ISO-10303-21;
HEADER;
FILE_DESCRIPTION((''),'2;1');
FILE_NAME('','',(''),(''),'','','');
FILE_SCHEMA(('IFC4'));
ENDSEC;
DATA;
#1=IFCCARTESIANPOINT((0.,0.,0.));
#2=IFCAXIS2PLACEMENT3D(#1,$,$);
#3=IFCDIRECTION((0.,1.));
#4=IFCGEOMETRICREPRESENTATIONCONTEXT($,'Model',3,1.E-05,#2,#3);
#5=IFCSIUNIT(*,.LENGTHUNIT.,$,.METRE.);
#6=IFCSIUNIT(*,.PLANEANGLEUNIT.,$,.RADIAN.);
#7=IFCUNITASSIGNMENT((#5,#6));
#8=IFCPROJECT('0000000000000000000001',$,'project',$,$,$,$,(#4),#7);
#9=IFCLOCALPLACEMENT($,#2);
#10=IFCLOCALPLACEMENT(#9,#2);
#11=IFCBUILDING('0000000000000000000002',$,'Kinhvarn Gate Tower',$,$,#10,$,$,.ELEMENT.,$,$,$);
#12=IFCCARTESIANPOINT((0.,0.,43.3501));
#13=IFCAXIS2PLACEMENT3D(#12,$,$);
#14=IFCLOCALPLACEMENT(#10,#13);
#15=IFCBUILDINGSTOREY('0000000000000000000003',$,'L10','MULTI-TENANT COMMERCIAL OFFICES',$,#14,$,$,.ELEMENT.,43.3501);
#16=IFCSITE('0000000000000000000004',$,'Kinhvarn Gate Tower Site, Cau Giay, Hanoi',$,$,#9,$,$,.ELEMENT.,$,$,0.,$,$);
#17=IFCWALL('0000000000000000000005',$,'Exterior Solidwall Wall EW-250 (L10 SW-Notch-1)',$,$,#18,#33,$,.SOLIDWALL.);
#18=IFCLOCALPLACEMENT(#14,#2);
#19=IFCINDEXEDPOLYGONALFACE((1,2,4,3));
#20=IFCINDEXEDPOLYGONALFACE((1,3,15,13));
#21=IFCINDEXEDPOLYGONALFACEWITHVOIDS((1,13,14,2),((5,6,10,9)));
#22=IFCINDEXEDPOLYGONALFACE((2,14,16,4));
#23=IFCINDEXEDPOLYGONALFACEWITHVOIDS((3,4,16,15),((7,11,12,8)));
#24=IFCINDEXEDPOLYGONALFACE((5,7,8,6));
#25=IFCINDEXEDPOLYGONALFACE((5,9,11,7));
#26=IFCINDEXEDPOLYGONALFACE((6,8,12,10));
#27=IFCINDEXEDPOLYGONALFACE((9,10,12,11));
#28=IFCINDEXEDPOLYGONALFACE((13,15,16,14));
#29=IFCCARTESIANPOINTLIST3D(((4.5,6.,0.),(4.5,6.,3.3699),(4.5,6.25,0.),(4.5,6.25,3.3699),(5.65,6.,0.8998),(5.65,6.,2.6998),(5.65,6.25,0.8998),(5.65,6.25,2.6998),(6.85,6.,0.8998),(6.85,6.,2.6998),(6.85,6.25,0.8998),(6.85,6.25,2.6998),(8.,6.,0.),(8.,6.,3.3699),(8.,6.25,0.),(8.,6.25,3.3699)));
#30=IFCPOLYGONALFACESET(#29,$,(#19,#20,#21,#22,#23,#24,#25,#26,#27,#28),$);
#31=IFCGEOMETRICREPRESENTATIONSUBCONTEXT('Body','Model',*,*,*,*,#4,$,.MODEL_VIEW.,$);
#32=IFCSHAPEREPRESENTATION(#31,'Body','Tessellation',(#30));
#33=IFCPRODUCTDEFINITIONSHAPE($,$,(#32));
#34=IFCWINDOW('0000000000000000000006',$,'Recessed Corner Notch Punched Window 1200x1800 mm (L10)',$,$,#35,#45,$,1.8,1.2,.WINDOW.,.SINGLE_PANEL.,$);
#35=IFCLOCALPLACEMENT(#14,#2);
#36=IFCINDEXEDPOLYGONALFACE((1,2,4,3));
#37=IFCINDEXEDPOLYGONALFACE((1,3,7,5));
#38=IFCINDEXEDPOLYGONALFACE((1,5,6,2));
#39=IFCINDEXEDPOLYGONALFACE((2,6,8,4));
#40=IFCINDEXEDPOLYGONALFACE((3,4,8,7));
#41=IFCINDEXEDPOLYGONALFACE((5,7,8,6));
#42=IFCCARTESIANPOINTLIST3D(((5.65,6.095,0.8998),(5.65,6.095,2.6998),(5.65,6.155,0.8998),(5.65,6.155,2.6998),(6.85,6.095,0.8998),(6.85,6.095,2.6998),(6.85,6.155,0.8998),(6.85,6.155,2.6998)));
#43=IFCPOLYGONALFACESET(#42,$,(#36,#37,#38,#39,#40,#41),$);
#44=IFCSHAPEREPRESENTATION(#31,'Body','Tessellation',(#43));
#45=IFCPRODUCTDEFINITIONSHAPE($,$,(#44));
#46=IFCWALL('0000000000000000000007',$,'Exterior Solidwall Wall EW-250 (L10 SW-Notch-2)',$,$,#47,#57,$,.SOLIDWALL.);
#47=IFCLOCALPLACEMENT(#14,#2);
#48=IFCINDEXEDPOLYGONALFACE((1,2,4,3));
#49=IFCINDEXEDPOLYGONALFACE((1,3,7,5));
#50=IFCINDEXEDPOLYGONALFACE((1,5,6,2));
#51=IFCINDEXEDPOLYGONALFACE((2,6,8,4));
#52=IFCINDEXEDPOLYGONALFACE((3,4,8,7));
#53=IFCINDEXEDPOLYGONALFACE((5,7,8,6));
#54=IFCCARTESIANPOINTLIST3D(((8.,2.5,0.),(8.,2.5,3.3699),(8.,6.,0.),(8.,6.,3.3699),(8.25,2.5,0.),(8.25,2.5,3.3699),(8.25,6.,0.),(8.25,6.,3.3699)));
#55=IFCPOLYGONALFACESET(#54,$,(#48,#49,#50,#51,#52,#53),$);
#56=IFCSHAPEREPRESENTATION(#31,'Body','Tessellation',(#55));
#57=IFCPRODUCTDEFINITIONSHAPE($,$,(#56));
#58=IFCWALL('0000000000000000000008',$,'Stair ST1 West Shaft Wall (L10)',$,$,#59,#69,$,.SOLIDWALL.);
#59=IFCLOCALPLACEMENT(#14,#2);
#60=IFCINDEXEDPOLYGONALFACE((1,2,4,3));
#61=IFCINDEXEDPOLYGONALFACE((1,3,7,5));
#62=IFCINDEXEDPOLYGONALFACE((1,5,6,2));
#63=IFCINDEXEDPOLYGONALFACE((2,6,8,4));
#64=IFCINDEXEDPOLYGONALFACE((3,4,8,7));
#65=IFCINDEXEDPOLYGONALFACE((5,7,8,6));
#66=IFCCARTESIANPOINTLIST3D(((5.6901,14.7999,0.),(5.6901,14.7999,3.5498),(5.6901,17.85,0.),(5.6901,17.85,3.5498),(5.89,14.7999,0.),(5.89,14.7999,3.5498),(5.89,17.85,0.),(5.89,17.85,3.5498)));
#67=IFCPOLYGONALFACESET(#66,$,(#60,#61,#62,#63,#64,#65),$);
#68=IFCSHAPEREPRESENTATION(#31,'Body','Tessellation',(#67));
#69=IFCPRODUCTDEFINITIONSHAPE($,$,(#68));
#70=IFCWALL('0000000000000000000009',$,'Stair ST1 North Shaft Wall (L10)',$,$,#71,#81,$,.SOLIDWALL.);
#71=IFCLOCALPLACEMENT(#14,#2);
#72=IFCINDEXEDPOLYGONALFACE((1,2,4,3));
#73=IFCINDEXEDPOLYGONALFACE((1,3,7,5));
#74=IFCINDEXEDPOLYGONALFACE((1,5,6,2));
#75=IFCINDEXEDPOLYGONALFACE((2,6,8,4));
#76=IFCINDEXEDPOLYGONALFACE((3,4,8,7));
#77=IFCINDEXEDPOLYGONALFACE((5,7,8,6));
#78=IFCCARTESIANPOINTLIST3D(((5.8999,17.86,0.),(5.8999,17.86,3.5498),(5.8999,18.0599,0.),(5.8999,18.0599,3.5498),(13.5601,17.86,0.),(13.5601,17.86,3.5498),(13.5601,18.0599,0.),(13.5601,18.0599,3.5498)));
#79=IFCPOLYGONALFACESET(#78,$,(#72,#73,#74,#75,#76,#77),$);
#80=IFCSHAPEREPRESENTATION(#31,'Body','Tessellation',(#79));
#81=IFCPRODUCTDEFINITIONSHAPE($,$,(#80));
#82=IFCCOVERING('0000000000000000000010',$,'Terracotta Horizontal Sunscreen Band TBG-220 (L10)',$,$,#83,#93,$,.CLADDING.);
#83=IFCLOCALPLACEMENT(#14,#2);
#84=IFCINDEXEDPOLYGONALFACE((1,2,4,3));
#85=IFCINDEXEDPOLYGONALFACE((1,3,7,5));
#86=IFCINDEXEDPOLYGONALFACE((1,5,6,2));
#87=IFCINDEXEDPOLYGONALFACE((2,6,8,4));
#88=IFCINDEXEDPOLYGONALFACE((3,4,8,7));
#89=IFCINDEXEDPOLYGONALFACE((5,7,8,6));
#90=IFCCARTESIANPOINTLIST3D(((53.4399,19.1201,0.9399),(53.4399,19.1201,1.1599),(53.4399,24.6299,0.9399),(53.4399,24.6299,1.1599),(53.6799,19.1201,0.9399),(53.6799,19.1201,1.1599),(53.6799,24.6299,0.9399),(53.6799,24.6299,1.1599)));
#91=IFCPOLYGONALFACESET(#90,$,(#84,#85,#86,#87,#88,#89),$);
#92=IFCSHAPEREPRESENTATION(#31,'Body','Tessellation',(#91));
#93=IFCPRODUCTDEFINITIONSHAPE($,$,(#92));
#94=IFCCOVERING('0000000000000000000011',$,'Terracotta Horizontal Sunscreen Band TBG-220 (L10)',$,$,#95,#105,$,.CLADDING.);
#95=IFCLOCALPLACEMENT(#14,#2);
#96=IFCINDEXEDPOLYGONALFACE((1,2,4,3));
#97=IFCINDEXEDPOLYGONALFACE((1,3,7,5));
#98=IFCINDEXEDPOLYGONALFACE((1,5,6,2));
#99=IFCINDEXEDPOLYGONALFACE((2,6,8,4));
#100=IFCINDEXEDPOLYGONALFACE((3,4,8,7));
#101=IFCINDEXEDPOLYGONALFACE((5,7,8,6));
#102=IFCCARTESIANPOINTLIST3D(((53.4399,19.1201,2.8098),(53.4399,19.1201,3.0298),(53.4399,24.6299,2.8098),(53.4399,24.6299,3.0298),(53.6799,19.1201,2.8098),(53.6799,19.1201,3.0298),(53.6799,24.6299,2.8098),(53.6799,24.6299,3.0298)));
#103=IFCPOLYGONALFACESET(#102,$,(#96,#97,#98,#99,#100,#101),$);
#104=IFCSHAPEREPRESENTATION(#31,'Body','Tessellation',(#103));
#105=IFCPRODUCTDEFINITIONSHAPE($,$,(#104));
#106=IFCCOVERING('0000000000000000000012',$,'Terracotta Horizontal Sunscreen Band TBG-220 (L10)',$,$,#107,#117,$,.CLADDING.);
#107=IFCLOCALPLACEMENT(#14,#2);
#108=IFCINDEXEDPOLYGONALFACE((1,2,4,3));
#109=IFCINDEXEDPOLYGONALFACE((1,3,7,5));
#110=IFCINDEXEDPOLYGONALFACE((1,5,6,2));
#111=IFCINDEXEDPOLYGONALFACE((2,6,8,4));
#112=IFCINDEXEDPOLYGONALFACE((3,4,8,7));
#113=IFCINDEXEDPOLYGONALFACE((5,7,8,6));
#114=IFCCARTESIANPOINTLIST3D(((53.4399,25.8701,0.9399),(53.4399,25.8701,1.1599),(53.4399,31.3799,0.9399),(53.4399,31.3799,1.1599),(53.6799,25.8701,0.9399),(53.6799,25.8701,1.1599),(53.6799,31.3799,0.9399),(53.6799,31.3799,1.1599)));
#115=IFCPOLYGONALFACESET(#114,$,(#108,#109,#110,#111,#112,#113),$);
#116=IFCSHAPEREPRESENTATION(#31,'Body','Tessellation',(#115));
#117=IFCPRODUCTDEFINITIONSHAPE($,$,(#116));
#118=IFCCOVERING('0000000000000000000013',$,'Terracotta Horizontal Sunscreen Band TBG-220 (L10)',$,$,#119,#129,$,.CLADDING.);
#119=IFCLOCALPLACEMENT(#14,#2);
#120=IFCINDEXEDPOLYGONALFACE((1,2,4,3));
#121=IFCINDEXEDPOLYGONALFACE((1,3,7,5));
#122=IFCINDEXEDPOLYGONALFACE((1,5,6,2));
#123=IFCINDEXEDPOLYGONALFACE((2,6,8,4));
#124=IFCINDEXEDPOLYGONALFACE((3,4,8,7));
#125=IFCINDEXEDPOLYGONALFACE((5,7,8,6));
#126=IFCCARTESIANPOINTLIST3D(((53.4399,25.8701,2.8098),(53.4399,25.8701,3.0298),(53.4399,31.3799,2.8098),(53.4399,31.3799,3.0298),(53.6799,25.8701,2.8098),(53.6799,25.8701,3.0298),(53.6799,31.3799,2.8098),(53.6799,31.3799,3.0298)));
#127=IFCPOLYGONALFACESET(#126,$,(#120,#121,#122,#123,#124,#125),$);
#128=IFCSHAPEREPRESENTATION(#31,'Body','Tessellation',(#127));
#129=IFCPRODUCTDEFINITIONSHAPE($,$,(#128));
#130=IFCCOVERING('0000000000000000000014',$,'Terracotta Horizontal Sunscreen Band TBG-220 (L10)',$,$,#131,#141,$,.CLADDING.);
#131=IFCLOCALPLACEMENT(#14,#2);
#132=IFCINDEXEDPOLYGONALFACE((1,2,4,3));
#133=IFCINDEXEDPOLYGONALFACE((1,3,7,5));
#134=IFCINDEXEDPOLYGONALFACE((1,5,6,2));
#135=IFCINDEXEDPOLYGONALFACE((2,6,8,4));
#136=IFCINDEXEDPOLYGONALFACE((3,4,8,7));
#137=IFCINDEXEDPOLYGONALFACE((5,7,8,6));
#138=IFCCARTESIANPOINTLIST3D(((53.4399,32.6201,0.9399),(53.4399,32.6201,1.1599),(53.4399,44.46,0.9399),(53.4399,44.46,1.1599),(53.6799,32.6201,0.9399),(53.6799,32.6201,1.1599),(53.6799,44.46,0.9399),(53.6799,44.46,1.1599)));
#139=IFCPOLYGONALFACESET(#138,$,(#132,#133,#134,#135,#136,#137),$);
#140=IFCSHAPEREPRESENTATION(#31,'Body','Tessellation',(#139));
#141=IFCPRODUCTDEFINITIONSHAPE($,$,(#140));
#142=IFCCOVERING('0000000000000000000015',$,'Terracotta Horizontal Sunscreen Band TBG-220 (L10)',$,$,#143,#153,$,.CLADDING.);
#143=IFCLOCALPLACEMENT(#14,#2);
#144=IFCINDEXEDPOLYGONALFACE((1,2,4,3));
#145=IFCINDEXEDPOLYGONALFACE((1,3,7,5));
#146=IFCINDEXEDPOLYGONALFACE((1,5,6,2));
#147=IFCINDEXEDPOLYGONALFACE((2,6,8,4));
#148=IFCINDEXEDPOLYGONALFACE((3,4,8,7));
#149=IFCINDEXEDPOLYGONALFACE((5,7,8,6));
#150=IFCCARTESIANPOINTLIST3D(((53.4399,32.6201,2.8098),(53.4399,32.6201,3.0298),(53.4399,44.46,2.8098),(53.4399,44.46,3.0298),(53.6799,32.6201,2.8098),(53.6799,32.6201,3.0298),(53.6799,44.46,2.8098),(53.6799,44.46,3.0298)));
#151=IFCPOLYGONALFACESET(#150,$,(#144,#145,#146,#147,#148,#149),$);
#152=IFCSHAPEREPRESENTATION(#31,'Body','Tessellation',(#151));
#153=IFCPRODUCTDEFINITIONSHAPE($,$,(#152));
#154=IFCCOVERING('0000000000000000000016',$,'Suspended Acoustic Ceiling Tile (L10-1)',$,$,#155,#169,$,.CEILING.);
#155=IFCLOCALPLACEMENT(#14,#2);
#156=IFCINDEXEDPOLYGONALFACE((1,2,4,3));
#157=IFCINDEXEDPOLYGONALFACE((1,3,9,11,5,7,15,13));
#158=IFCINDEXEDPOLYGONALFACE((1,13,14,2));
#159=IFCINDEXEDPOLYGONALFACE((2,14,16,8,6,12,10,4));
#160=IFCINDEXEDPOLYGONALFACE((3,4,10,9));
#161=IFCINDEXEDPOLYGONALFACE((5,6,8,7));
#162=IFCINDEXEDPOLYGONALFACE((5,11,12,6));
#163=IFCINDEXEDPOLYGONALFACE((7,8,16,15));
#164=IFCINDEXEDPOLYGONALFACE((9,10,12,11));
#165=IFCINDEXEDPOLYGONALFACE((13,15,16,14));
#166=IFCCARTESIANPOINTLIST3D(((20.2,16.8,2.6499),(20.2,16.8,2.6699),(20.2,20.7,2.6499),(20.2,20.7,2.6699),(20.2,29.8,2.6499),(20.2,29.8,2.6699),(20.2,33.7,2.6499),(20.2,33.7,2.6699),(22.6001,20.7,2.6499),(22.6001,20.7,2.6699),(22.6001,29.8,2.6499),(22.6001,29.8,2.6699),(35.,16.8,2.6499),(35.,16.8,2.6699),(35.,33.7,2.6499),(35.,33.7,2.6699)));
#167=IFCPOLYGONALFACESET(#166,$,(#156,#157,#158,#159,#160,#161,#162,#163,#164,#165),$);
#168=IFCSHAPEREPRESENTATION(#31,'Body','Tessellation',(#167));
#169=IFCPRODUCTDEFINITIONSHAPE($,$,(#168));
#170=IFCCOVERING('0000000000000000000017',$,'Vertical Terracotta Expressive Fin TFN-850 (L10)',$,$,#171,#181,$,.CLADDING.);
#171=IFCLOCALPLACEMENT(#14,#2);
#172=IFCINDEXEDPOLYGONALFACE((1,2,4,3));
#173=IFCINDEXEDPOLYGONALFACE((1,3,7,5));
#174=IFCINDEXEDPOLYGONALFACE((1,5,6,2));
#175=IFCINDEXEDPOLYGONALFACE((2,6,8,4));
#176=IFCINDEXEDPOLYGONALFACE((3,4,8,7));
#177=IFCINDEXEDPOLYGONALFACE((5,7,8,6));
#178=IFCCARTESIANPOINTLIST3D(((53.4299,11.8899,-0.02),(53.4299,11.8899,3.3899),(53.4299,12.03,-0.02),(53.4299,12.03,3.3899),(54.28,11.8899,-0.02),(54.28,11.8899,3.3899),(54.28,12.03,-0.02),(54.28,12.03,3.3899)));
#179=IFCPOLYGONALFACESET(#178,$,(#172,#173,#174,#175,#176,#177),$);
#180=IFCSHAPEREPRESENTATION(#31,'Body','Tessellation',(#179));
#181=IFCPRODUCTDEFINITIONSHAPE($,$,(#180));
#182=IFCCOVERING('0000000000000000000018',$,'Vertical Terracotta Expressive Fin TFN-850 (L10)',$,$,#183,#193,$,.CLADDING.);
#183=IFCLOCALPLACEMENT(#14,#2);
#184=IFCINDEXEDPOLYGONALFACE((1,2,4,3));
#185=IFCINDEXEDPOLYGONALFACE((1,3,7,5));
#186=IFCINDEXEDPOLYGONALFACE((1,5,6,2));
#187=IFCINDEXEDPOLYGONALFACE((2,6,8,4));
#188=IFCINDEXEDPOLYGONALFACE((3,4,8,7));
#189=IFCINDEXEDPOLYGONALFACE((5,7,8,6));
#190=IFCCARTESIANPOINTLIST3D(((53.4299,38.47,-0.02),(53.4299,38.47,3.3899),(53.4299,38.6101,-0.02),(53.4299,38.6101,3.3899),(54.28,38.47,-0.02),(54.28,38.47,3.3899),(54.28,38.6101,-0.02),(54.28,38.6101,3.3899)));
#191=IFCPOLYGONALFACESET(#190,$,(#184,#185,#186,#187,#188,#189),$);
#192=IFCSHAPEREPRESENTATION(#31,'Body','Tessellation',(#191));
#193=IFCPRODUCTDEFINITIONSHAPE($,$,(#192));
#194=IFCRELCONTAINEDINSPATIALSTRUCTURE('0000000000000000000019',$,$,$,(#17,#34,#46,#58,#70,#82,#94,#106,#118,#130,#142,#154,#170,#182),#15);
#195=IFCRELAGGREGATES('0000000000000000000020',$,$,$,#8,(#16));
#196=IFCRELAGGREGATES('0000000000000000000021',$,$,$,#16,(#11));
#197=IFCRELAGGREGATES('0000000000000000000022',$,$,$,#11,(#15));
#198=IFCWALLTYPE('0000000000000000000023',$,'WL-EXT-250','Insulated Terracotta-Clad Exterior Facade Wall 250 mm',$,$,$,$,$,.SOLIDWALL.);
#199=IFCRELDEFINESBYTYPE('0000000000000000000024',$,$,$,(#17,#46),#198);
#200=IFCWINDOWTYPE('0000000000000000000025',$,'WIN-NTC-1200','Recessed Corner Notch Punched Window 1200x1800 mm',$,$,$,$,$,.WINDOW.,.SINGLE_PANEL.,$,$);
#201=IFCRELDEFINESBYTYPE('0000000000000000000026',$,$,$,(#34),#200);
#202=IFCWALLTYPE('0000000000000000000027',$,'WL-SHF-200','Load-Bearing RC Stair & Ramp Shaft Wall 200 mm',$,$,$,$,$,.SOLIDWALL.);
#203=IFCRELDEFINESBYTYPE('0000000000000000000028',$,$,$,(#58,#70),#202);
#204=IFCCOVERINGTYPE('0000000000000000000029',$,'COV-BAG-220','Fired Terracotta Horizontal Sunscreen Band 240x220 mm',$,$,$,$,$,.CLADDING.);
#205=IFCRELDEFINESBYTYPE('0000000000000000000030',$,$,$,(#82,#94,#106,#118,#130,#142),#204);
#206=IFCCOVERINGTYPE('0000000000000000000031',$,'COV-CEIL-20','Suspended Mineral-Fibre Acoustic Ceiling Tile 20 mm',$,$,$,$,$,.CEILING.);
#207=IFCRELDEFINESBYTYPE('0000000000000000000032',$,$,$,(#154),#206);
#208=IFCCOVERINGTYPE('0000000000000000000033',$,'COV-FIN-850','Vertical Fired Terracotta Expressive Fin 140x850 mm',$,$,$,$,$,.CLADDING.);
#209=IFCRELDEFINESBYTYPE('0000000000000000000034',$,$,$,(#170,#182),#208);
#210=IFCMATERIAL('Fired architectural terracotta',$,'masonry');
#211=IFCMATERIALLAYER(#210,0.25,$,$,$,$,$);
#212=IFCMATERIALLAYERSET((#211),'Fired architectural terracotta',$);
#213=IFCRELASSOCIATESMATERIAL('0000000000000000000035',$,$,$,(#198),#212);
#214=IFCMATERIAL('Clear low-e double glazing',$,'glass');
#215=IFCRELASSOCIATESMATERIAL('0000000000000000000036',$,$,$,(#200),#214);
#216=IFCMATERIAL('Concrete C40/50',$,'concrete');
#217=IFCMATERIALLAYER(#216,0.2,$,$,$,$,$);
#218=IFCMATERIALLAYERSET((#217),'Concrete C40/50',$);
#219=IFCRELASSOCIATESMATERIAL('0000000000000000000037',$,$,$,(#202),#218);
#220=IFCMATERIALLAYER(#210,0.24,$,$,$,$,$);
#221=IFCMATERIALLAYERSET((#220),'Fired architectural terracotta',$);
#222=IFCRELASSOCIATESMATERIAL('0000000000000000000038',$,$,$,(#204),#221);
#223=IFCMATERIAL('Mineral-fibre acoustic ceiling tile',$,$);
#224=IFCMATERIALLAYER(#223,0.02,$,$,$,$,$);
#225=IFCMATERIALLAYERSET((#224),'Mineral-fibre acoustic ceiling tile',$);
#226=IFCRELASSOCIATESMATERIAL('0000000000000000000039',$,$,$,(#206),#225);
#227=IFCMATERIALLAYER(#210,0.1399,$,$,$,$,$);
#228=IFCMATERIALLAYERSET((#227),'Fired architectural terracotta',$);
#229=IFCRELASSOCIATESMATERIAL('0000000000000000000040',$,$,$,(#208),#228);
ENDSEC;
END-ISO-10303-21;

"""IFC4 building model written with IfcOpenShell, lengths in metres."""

from ifc_helpers import new_model, si_unit, direction, frame, frame_2d, origin, place, context, subcontext, project, spatial, polyline, rectangle, outline, extrude, material, layer, layer_set, type_object, element, fill, save


model = new_model("IFC4")

# Units and contexts
model_context = context("Model", 3, precision=1e-05, world=origin(), true_north=direction((0.0, 1.0)))
body_context = subcontext(model_context, "Body", "Model", "MODEL_VIEW")
ifc_project = project(units=[si_unit("LENGTHUNIT", "METRE"), si_unit("PLANEANGLEUNIT", "RADIAN")], contexts=[model_context])

# Site, building, storey
site_placement = place(None, origin())
site = spatial("IfcSite", under=ifc_project, at=site_placement, Name="Kinhvarn Gate Tower Site, Cau Giay, Hanoi", CompositionType="ELEMENT", RefElevation=0.0)
building_placement = place(site_placement, origin())
building = spatial("IfcBuilding", under=site, at=building_placement, Name="Kinhvarn Gate Tower", CompositionType="ELEMENT")
storey_placement = place(building_placement, frame((0.0, 0.0, 43.3501)))
storey = spatial("IfcBuildingStorey", under=building, at=storey_placement, Name="L10", Description="MULTI-TENANT COMMERCIAL OFFICES", CompositionType="ELEMENT", Elevation=43.3501)

# Shared definitions
ifc_material_1 = material(Name="Clear low-e double glazing", Category="glass")

# Shared definitions
ifc_material_2 = material(Name="Concrete C40/50", Category="concrete")

# Wall, opening, window
ifc_material_3 = material(Name="Fired architectural terracotta", Category="masonry")
ifc_layer_1 = layer(ifc_material_3, 0.25)
ifc_layer_set_1 = layer_set([ifc_layer_1], Name="Fired architectural terracotta")
wall_type_1 = type_object("IfcWallType", Name="WL-EXT-250", Description="Insulated Terracotta-Clad Exterior Facade Wall 250 mm", PredefinedType="SOLIDWALL", material=ifc_layer_set_1)
wall_1_placement = place(storey_placement, frame((4.5, 6.125, 0.0), z_axis=(0.0, 0.0, 1.0), x_axis=(1.0, 0.0, 0.0)))
wall_1 = element("IfcWall", 1, at=wall_1_placement, inside=storey, type_object=wall_type_1, Name="Exterior Solidwall Wall EW-250 (L10 SW-Notch-1)", PredefinedType="SOLIDWALL", context=body_context, shape_type="SweptSolid", body=[
    extrude(rectangle(XDim=3.5, YDim=0.25, at=frame_2d((1.75, 0.0))), origin(), (0.0, 0.0, 1.0), 3.3699),
])
opening_1_placement = place(wall_1_placement, frame((1.1499, 0.0, 0.8999)))
opening_1 = element("IfcOpeningElement", 2, at=opening_1_placement, cuts=wall_1, PredefinedType="OPENING", context=body_context, shape_type="SweptSolid", body=[
    extrude(rectangle(XDim=1.2, YDim=1.8, at=frame_2d((0.6001, 0.8999))), frame((0.0, 0.135, 0.0), z_axis=(0.0, -1.0, 0.0), x_axis=(1.0, 0.0, 0.0)), (0.0, 0.0, 1.0), 0.27),
])
window_type_1 = type_object("IfcWindowType", Name="WIN-NTC-1200", Description="Recessed Corner Notch Punched Window 1200x1800 mm", PartitioningType="SINGLE_PANEL", PredefinedType="WINDOW", material=ifc_material_1)
window_1_placement = place(opening_1_placement, origin())
window_1 = element("IfcWindow", 3, at=window_1_placement, inside=storey, type_object=window_type_1, Name="Recessed Corner Notch Punched Window 1200x1800 mm (L10)", OverallHeight=1.8, OverallWidth=1.2, PartitioningType="SINGLE_PANEL", PredefinedType="WINDOW", context=body_context, shape_type="SweptSolid", body=[
    extrude(rectangle(XDim=1.2, YDim=1.8, at=frame_2d((0.6001, 0.8999))), frame((0.0, 0.03, 0.0), z_axis=(0.0, -1.0, 0.0), x_axis=(1.0, 0.0, 0.0)), (0.0, 0.0, 1.0), 0.0601),
])
fill(opening_1, window_1)

# Walls
wall_2_placement = place(storey_placement, frame((8.125, 6.0, 0.0), z_axis=(0.0, 0.0, 1.0), x_axis=(0.0, -1.0, 0.0)))
element("IfcWall", 4, at=wall_2_placement, inside=storey, type_object=wall_type_1, Name="Exterior Solidwall Wall EW-250 (L10 SW-Notch-2)", PredefinedType="SOLIDWALL", context=body_context, shape_type="SweptSolid", body=[
    extrude(rectangle(XDim=3.5, YDim=0.25, at=frame_2d((1.75, 0.0))), origin(), (0.0, 0.0, 1.0), 3.3699),
])
ifc_layer_2 = layer(ifc_material_2, 0.2)
ifc_layer_set_2 = layer_set([ifc_layer_2], Name="Concrete C40/50")
wall_type_2 = type_object("IfcWallType", Name="WL-SHF-200", Description="Load-Bearing RC Stair & Ramp Shaft Wall 200 mm", PredefinedType="SOLIDWALL", material=ifc_layer_set_2)
wall_3_placement = place(storey_placement, frame((5.79, 14.8, 0.0), z_axis=(0.0, 0.0, 1.0), x_axis=(0.0, 1.0, 0.0)))
element("IfcWall", 5, at=wall_3_placement, inside=storey, type_object=wall_type_2, Name="Stair ST1 West Shaft Wall (L10)", PredefinedType="SOLIDWALL", context=body_context, shape_type="SweptSolid", body=[
    extrude(rectangle(XDim=3.05, YDim=0.2, at=frame_2d((1.5249, 0.0))), origin(), (0.0, 0.0, 1.0), 3.5498),
])
wall_4_placement = place(storey_placement, frame((5.8999, 17.96, 0.0), z_axis=(0.0, 0.0, 1.0), x_axis=(1.0, 0.0, 0.0)))
element("IfcWall", 6, at=wall_4_placement, inside=storey, type_object=wall_type_2, Name="Stair ST1 North Shaft Wall (L10)", PredefinedType="SOLIDWALL", context=body_context, shape_type="SweptSolid", body=[
    extrude(rectangle(XDim=7.6602, YDim=0.2, at=frame_2d((3.8301, 0.0))), origin(), (0.0, 0.0, 1.0), 3.5498),
])

# Coverings
ifc_layer_3 = layer(ifc_material_3, 0.24)
ifc_layer_set_3 = layer_set([ifc_layer_3], Name="Fired architectural terracotta")
covering_type_1 = type_object("IfcCoveringType", Name="COV-BAG-220", Description="Fired Terracotta Horizontal Sunscreen Band 240x220 mm", PredefinedType="CLADDING", material=ifc_layer_set_3)
for number, where, name in (
    (7, (0.0, 0.0, 0.9399), "Terracotta Horizontal Sunscreen Band TBG-220 (L10)"),
    (8, (0.0, 0.0, 2.8098), "Terracotta Horizontal Sunscreen Band TBG-220 (L10)"),
):
    element("IfcCovering", number, at=place(storey_placement, frame(where)), inside=storey, type_object=covering_type_1, Name=name, PredefinedType="CLADDING", context=body_context, shape_type="SweptSolid", body=[
        extrude(outline(polyline([(53.4399, 19.1201), (53.4399, 24.6299), (53.6799, 24.6299), (53.6799, 19.1201), (53.4399, 19.1201)])), origin(), (0.0, 0.0, 1.0), 0.22),
    ])
for number, where, name in (
    (9, (0.0, 0.0, 0.9399), "Terracotta Horizontal Sunscreen Band TBG-220 (L10)"),
    (10, (0.0, 0.0, 2.8098), "Terracotta Horizontal Sunscreen Band TBG-220 (L10)"),
):
    element("IfcCovering", number, at=place(storey_placement, frame(where)), inside=storey, type_object=covering_type_1, Name=name, PredefinedType="CLADDING", context=body_context, shape_type="SweptSolid", body=[
        extrude(outline(polyline([(53.4399, 25.8701), (53.4399, 31.3799), (53.6799, 31.3799), (53.6799, 25.8701), (53.4399, 25.8701)])), origin(), (0.0, 0.0, 1.0), 0.22),
    ])
for number, where, name in (
    (11, (0.0, 0.0, 0.9399), "Terracotta Horizontal Sunscreen Band TBG-220 (L10)"),
    (12, (0.0, 0.0, 2.8098), "Terracotta Horizontal Sunscreen Band TBG-220 (L10)"),
):
    element("IfcCovering", number, at=place(storey_placement, frame(where)), inside=storey, type_object=covering_type_1, Name=name, PredefinedType="CLADDING", context=body_context, shape_type="SweptSolid", body=[
        extrude(outline(polyline([(53.4399, 32.6201), (53.4399, 44.46), (53.6799, 44.46), (53.6799, 32.6201), (53.4399, 32.6201)])), origin(), (0.0, 0.0, 1.0), 0.22),
    ])
ifc_material_4 = material(Name="Mineral-fibre acoustic ceiling tile")
ifc_layer_4 = layer(ifc_material_4, 0.02)
ifc_layer_set_4 = layer_set([ifc_layer_4], Name="Mineral-fibre acoustic ceiling tile")
covering_type_2 = type_object("IfcCoveringType", Name="COV-CEIL-20", Description="Suspended Mineral-Fibre Acoustic Ceiling Tile 20 mm", PredefinedType="CEILING", material=ifc_layer_set_4)
covering_1_placement = place(storey_placement, frame((0.0, 0.0, 2.6499)))
element("IfcCovering", 13, at=covering_1_placement, inside=storey, type_object=covering_type_2, Name="Suspended Acoustic Ceiling Tile (L10-1)", PredefinedType="CEILING", context=body_context, shape_type="SweptSolid", body=[
    extrude(outline(polyline([(35.0, 33.7), (35.0, 16.8), (20.2, 16.8), (20.2, 20.7), (22.6001, 20.7), (22.6001, 29.8), (20.2, 29.8), (20.2, 33.7), (35.0, 33.7)])), origin(), (0.0, 0.0, 1.0), 0.02),
])
ifc_layer_5 = layer(ifc_material_3, 0.1399)
ifc_layer_set_5 = layer_set([ifc_layer_5], Name="Fired architectural terracotta")
covering_type_3 = type_object("IfcCoveringType", Name="COV-FIN-850", Description="Vertical Fired Terracotta Expressive Fin 140x850 mm", PredefinedType="CLADDING", material=ifc_layer_set_5)
covering_2_placement = place(storey_placement, frame((0.0, 0.0, -0.02)))
element("IfcCovering", 14, at=covering_2_placement, inside=storey, type_object=covering_type_3, Name="Vertical Terracotta Expressive Fin TFN-850 (L10)", PredefinedType="CLADDING", context=body_context, shape_type="SweptSolid", body=[
    extrude(outline(polyline([(53.4299, 11.8899), (53.4299, 12.03), (54.28, 12.03), (54.28, 11.8899), (53.4299, 11.8899)])), origin(), (0.0, 0.0, 1.0), 3.4099),
])
covering_3_placement = place(storey_placement, frame((0.0, 0.0, -0.02)))
element("IfcCovering", 15, at=covering_3_placement, inside=storey, type_object=covering_type_3, Name="Vertical Terracotta Expressive Fin TFN-850 (L10)", PredefinedType="CLADDING", context=body_context, shape_type="SweptSolid", body=[
    extrude(outline(polyline([(53.4299, 38.47), (53.4299, 38.6101), (54.28, 38.6101), (54.28, 38.47), (53.4299, 38.47)])), origin(), (0.0, 0.0, 1.0), 3.4099),
])

save(model, "model.ifc")
